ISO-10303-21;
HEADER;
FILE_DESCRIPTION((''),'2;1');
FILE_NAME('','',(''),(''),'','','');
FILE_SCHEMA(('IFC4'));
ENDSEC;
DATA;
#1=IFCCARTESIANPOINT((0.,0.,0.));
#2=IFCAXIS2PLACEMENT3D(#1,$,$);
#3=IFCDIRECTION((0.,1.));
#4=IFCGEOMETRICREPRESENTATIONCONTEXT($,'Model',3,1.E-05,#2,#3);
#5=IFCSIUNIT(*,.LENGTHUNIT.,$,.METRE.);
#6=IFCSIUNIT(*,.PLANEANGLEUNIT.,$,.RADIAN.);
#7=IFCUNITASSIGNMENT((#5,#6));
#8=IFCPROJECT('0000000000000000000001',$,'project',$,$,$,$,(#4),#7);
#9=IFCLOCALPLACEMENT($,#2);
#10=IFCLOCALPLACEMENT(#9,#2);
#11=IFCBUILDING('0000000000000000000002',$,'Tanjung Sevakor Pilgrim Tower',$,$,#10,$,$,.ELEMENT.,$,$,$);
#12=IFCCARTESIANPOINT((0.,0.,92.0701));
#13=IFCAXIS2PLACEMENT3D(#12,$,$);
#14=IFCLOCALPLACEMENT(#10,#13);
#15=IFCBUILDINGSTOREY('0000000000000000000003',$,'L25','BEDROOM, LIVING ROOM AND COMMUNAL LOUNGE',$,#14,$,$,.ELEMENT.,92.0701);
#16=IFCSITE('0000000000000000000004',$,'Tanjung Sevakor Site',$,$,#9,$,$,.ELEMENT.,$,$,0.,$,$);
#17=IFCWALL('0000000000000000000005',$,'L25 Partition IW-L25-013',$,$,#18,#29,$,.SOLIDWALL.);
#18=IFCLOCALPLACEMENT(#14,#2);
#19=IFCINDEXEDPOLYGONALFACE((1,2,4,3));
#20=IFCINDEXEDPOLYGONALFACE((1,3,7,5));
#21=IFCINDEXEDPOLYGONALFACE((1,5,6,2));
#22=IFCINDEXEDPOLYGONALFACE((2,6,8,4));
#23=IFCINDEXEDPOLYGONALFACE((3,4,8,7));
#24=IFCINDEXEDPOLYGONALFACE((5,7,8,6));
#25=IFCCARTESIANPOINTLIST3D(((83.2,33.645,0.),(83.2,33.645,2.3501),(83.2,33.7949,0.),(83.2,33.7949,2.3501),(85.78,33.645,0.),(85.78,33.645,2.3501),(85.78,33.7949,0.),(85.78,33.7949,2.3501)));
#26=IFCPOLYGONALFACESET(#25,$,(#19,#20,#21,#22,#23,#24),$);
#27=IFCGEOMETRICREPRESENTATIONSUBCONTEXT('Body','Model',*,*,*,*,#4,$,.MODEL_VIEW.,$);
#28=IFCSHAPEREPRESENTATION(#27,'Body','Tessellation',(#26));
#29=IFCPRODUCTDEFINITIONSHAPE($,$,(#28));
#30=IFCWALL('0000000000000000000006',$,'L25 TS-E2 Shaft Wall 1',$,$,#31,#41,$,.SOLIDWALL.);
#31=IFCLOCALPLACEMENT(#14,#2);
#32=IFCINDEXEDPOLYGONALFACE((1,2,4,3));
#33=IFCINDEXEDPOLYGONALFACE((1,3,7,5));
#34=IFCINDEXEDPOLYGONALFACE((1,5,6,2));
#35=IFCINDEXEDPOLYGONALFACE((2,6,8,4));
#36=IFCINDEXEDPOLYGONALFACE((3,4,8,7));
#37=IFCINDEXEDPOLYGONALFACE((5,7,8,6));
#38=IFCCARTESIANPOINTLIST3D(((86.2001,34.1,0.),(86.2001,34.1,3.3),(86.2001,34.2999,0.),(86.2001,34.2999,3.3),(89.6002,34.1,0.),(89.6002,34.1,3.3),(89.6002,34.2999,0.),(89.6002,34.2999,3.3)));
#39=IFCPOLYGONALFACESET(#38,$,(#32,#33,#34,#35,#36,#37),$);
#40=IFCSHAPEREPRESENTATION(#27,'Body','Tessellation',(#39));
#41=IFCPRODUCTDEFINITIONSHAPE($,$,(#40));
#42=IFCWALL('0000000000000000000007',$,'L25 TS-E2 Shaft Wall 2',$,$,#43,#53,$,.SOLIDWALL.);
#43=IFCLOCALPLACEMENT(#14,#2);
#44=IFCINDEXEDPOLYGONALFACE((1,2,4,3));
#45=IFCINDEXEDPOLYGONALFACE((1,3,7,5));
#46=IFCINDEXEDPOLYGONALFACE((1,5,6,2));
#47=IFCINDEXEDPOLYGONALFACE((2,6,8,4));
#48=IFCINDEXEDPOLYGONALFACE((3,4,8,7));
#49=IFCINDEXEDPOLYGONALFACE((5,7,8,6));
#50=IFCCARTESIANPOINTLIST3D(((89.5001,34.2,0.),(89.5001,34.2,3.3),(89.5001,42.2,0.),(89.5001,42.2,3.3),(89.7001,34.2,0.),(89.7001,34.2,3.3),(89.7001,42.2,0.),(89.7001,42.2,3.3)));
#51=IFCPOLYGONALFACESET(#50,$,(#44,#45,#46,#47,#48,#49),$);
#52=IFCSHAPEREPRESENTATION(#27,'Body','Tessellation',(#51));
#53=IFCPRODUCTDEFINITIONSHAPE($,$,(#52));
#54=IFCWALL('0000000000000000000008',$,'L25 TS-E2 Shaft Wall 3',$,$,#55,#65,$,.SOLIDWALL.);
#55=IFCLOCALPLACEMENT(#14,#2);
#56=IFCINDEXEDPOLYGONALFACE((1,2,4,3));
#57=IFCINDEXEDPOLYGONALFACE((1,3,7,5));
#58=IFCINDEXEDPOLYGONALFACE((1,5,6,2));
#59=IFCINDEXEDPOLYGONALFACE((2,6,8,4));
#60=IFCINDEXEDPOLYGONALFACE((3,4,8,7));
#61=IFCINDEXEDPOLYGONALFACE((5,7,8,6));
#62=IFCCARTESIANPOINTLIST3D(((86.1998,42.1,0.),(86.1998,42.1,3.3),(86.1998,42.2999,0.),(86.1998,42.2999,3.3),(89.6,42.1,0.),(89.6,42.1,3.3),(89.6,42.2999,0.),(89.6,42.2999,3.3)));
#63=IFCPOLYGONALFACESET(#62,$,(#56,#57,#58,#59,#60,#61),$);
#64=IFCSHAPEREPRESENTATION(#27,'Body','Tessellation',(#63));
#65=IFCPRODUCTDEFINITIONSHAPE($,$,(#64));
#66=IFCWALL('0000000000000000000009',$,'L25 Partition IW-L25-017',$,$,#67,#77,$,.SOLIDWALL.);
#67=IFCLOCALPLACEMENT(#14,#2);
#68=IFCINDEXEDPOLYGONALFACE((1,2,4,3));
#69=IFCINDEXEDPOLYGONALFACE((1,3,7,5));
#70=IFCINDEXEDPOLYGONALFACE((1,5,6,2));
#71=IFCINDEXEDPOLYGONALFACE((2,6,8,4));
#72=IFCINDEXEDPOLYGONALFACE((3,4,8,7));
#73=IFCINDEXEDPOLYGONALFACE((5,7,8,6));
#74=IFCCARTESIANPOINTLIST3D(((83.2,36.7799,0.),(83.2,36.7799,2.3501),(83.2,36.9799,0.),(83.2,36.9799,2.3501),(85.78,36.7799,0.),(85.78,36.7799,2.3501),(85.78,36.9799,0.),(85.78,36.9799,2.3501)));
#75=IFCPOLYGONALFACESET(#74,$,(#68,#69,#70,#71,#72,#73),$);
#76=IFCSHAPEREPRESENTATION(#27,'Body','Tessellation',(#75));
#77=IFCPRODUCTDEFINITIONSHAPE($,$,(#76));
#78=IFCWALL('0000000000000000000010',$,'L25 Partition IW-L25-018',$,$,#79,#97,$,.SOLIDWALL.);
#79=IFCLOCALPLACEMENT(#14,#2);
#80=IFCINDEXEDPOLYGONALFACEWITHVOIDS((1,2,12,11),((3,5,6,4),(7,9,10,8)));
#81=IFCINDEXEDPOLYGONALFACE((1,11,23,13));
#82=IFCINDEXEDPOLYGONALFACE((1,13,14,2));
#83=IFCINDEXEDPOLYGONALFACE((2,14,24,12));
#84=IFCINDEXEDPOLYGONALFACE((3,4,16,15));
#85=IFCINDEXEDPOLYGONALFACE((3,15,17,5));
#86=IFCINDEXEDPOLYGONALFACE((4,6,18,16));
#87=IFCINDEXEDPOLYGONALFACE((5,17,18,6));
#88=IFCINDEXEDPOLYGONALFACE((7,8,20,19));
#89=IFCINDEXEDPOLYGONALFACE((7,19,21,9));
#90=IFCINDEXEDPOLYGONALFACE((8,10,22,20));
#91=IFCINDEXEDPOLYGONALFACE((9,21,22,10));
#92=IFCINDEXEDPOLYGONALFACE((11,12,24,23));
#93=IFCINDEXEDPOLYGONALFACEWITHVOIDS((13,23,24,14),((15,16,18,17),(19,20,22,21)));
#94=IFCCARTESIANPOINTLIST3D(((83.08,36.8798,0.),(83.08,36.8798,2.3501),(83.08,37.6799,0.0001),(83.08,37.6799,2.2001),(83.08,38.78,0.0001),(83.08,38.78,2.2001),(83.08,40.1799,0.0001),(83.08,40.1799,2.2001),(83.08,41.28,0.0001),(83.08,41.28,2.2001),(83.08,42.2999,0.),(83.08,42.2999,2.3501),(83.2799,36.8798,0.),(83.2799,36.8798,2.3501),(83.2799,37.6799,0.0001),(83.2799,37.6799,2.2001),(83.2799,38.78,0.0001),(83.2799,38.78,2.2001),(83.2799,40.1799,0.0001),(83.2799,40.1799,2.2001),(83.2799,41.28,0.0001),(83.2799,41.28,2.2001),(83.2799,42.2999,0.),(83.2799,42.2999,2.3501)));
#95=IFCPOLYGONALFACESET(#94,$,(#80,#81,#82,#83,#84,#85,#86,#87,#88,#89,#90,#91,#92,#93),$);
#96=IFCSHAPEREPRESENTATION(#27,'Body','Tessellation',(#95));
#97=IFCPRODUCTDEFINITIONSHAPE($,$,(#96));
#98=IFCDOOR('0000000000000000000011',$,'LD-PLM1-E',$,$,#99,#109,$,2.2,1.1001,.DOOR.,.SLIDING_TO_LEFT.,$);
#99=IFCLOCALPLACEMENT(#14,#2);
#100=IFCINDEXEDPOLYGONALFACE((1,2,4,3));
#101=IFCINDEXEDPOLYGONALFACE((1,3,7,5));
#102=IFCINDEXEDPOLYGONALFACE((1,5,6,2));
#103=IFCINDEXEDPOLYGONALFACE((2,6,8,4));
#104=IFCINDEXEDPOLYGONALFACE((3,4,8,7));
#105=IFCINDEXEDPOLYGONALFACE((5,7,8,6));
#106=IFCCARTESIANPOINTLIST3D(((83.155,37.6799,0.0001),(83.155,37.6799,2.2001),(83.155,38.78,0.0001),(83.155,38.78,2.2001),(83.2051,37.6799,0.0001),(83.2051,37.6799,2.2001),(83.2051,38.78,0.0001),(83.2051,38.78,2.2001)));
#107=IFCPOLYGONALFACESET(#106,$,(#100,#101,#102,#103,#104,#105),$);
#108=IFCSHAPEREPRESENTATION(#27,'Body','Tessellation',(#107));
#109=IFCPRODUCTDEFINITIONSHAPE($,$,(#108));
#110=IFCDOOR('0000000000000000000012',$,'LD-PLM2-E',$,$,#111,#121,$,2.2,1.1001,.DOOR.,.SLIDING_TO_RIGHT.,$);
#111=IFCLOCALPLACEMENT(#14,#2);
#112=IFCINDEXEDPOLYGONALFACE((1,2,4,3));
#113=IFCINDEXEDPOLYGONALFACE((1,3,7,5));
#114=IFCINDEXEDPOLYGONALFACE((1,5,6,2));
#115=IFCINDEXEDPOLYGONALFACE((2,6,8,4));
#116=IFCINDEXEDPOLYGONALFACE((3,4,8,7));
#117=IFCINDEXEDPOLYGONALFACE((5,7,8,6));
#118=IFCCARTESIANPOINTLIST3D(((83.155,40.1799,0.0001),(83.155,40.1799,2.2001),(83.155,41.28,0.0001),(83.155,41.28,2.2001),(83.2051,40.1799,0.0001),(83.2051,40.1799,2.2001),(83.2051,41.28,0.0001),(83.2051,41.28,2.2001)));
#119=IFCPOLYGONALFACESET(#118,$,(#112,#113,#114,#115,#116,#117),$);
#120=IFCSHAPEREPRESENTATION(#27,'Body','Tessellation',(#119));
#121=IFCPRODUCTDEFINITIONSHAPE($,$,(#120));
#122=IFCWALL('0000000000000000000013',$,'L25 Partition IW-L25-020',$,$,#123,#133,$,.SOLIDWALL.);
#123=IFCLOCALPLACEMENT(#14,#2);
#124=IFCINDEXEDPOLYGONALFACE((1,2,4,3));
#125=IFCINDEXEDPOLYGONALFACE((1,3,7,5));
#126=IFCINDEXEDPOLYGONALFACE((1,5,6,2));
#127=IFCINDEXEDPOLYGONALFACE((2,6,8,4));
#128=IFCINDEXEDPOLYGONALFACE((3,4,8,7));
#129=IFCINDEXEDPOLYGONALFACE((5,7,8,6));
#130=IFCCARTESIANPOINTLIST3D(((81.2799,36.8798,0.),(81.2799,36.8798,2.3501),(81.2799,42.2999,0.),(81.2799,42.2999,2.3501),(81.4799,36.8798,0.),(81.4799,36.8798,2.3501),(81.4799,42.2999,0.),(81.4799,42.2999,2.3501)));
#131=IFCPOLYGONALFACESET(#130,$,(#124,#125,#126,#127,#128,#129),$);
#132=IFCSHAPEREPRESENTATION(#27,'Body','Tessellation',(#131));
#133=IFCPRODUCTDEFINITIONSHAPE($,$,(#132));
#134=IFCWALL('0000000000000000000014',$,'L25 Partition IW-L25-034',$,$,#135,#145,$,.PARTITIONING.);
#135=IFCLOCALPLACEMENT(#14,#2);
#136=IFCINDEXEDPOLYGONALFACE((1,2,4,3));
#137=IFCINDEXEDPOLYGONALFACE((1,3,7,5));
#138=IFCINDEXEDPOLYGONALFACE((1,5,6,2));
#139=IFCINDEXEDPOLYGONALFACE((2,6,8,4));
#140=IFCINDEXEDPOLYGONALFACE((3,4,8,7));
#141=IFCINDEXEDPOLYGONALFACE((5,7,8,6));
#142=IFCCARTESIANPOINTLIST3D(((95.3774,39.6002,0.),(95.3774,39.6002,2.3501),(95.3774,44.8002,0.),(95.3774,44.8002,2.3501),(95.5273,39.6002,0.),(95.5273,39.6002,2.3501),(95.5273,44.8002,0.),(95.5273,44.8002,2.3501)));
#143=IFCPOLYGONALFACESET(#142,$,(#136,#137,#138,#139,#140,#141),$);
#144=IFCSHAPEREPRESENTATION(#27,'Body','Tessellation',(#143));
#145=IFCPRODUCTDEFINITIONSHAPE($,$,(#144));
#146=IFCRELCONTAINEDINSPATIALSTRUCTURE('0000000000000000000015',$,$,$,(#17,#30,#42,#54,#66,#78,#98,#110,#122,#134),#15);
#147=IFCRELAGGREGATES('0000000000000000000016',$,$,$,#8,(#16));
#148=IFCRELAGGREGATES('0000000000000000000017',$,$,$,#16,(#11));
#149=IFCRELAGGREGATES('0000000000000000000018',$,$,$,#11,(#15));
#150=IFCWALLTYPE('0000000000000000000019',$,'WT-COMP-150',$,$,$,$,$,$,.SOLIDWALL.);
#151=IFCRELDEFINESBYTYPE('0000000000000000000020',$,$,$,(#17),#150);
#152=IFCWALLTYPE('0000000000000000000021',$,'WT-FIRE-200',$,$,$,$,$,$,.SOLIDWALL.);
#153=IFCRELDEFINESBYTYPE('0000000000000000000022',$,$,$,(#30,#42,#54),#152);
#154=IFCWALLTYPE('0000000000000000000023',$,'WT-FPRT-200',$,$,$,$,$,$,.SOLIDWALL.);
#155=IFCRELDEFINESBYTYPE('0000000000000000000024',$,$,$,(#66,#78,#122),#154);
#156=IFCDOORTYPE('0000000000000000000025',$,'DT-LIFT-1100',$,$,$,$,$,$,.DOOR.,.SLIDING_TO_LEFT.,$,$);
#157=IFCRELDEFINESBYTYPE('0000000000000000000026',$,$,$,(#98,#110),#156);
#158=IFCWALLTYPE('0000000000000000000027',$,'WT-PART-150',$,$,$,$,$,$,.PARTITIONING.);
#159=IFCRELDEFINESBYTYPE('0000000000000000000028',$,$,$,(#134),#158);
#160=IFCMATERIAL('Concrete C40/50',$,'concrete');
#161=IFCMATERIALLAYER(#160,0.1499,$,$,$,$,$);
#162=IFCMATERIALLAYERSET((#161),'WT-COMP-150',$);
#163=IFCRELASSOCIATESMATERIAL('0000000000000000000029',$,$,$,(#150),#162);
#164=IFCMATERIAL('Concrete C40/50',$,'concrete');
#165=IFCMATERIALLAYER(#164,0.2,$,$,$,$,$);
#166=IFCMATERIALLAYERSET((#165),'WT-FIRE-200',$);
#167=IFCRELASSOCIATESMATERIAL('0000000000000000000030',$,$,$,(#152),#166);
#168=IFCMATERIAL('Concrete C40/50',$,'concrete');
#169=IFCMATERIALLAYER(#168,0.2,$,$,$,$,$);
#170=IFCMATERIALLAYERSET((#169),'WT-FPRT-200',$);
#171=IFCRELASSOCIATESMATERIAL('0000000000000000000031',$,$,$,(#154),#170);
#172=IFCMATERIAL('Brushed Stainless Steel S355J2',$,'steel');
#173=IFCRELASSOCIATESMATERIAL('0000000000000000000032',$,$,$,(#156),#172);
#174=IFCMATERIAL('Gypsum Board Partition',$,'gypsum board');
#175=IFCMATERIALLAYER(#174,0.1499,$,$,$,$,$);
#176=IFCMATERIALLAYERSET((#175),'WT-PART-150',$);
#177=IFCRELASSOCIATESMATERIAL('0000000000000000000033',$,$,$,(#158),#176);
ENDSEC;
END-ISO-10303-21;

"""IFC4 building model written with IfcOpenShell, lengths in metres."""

from ifc_helpers import new_model, si_unit, direction, frame, frame_2d, origin, place, context, subcontext, project, spatial, rectangle, extrude, material, layer, layer_set, type_object, element, fill, save


model = new_model("IFC4")

# Units and contexts
model_context = context("Model", 3, precision=1e-05, world=origin(), true_north=direction((0.0, 1.0)))
body_context = subcontext(model_context, "Body", "Model", "MODEL_VIEW")
ifc_project = project(units=[si_unit("LENGTHUNIT", "METRE"), si_unit("PLANEANGLEUNIT", "RADIAN")], contexts=[model_context])

# Site, building, storey
site_placement = place(None, origin())
site = spatial("IfcSite", under=ifc_project, at=site_placement, Name="Tanjung Sevakor Site", CompositionType="ELEMENT", RefElevation=0.0)
building_placement = place(site_placement, origin())
building = spatial("IfcBuilding", under=site, at=building_placement, Name="Tanjung Sevakor Pilgrim Tower", CompositionType="ELEMENT")
storey_placement = place(building_placement, frame((0.0, 0.0, 92.0701)))
storey = spatial("IfcBuildingStorey", under=building, at=storey_placement, Name="L25", Description="BEDROOM, LIVING ROOM AND COMMUNAL LOUNGE", CompositionType="ELEMENT", Elevation=92.0701)

# Walls
ifc_material_1 = material(Name="Concrete C40/50", Category="concrete")
ifc_layer_1 = layer(ifc_material_1, 0.1499)
ifc_layer_set_1 = layer_set([ifc_layer_1], Name="WT-COMP-150")
wall_type_1 = type_object("IfcWallType", Name="WT-COMP-150", PredefinedType="SOLIDWALL", material=ifc_layer_set_1)
wall_1_placement = place(storey_placement, frame((83.2, 33.72, 0.0), z_axis=(0.0, 0.0, 1.0), x_axis=(1.0, 0.0, 0.0)))
element("IfcWall", 1, at=wall_1_placement, inside=storey, type_object=wall_type_1, Name="L25 Partition IW-L25-013", PredefinedType="SOLIDWALL", context=body_context, shape_type="SweptSolid", body=[
    extrude(rectangle(XDim=2.5801, YDim=0.1499, at=frame_2d((1.29, 0.0))), origin(), (0.0, 0.0, 1.0), 2.3501),
])
ifc_material_2 = material(Name="Concrete C40/50", Category="concrete")
ifc_layer_2 = layer(ifc_material_2, 0.2)
ifc_layer_set_2 = layer_set([ifc_layer_2], Name="WT-FIRE-200")
wall_type_2 = type_object("IfcWallType", Name="WT-FIRE-200", PredefinedType="SOLIDWALL", material=ifc_layer_set_2)
wall_2_placement = place(storey_placement, frame((86.2, 34.2, 0.0), z_axis=(0.0, 0.0, 1.0), x_axis=(1.0, 0.0, 0.0)))
element("IfcWall", 2, at=wall_2_placement, inside=storey, type_object=wall_type_2, Name="L25 TS-E2 Shaft Wall 1", PredefinedType="SOLIDWALL", context=body_context, shape_type="SweptSolid", body=[
    extrude(rectangle(XDim=3.4001, YDim=0.2, at=frame_2d((1.7002, 0.0))), origin(), (0.0, 0.0, 1.0), 3.3),
])
wall_3_placement = place(storey_placement, frame((89.6001, 34.2, 0.0), z_axis=(0.0, 0.0, 1.0), x_axis=(0.0, 1.0, 0.0)))
element("IfcWall", 3, at=wall_3_placement, inside=storey, type_object=wall_type_2, Name="L25 TS-E2 Shaft Wall 2", PredefinedType="SOLIDWALL", context=body_context, shape_type="SweptSolid", body=[
    extrude(rectangle(XDim=8.0, YDim=0.2, at=frame_2d((4.0, 0.0))), origin(), (0.0, 0.0, 1.0), 3.3),
])
wall_4_placement = place(storey_placement, frame((89.6001, 42.2, 0.0), z_axis=(0.0, 0.0, 1.0), x_axis=(-1.0, 0.0, 0.0)))
element("IfcWall", 4, at=wall_4_placement, inside=storey, type_object=wall_type_2, Name="L25 TS-E2 Shaft Wall 3", PredefinedType="SOLIDWALL", context=body_context, shape_type="SweptSolid", body=[
    extrude(rectangle(XDim=3.4001, YDim=0.2, at=frame_2d((1.7002, 0.0))), origin(), (0.0, 0.0, 1.0), 3.3),
])
ifc_material_3 = material(Name="Concrete C40/50", Category="concrete")
ifc_layer_3 = layer(ifc_material_3, 0.2)
ifc_layer_set_3 = layer_set([ifc_layer_3], Name="WT-FPRT-200")
wall_type_3 = type_object("IfcWallType", Name="WT-FPRT-200", PredefinedType="SOLIDWALL", material=ifc_layer_set_3)
wall_5_placement = place(storey_placement, frame((83.2, 36.8799, 0.0), z_axis=(0.0, 0.0, 1.0), x_axis=(1.0, 0.0, 0.0)))
element("IfcWall", 5, at=wall_5_placement, inside=storey, type_object=wall_type_3, Name="L25 Partition IW-L25-017", PredefinedType="SOLIDWALL", context=body_context, shape_type="SweptSolid", body=[
    extrude(rectangle(XDim=2.5801, YDim=0.2, at=frame_2d((1.29, 0.0))), origin(), (0.0, 0.0, 1.0), 2.3501),
])

# Wall, openings, doors
wall_6_placement = place(storey_placement, frame((83.1799, 36.8799, 0.0), z_axis=(0.0, 0.0, 1.0), x_axis=(0.0, 1.0, 0.0)))
wall_6 = element("IfcWall", 6, at=wall_6_placement, inside=storey, type_object=wall_type_3, Name="L25 Partition IW-L25-018", PredefinedType="SOLIDWALL", context=body_context, shape_type="SweptSolid", body=[
    extrude(rectangle(XDim=5.4202, YDim=0.2, at=frame_2d((2.71, 0.0))), origin(), (0.0, 0.0, 1.0), 2.3501),
])
opening_1_placement = place(wall_6_placement, frame((0.8, 0.0, 0.0)))
opening_1 = element("IfcOpeningElement", 7, at=opening_1_placement, cuts=wall_6, PredefinedType="OPENING", context=body_context, shape_type="SweptSolid", body=[
    extrude(rectangle(XDim=1.1001, YDim=2.2, at=frame_2d((0.55, 1.1001))), frame((0.0, 0.1099, 0.0), z_axis=(0.0, -1.0, 0.0), x_axis=(1.0, 0.0, 0.0)), (0.0, 0.0, 1.0), 0.22),
])
opening_2_placement = place(wall_6_placement, frame((3.3, 0.0, 0.0)))
opening_2 = element("IfcOpeningElement", 8, at=opening_2_placement, cuts=wall_6, PredefinedType="OPENING", context=body_context, shape_type="SweptSolid", body=[
    extrude(rectangle(XDim=1.1001, YDim=2.2, at=frame_2d((0.55, 1.1001))), frame((0.0, 0.1099, 0.0), z_axis=(0.0, -1.0, 0.0), x_axis=(1.0, 0.0, 0.0)), (0.0, 0.0, 1.0), 0.22),
])
ifc_material_4 = material(Name="Brushed Stainless Steel S355J2", Category="steel")
door_type_1 = type_object("IfcDoorType", Name="DT-LIFT-1100", OperationType="SLIDING_TO_LEFT", PredefinedType="DOOR", material=ifc_material_4)
door_1_placement = place(opening_1_placement, origin())
door_1 = element("IfcDoor", 9, at=door_1_placement, inside=storey, type_object=door_type_1, Name="LD-PLM1-E", OperationType="SLIDING_TO_LEFT", OverallHeight=2.2, OverallWidth=1.1001, PredefinedType="DOOR", context=body_context, shape_type="SweptSolid", body=[
    extrude(rectangle(XDim=1.1001, YDim=2.2, at=frame_2d((0.55, 1.1001))), frame((0.0, 0.0249, 0.0), z_axis=(0.0, -1.0, 0.0), x_axis=(1.0, 0.0, 0.0)), (0.0, 0.0, 1.0), 0.05),
])
fill(opening_1, door_1)
door_2_placement = place(opening_2_placement, origin())
door_2 = element("IfcDoor", 10, at=door_2_placement, inside=storey, type_object=door_type_1, Name="LD-PLM2-E", OperationType="SLIDING_TO_RIGHT", OverallHeight=2.2, OverallWidth=1.1001, PredefinedType="DOOR", context=body_context, shape_type="SweptSolid", body=[
    extrude(rectangle(XDim=1.1001, YDim=2.2, at=frame_2d((0.55, 1.1001))), frame((0.0, 0.0249, 0.0), z_axis=(0.0, -1.0, 0.0), x_axis=(1.0, 0.0, 0.0)), (0.0, 0.0, 1.0), 0.05),
])
fill(opening_2, door_2)

# Walls
wall_7_placement = place(storey_placement, frame((81.3799, 36.8799, 0.0), z_axis=(0.0, 0.0, 1.0), x_axis=(0.0, 1.0, 0.0)))
element("IfcWall", 11, at=wall_7_placement, inside=storey, type_object=wall_type_3, Name="L25 Partition IW-L25-020", PredefinedType="SOLIDWALL", context=body_context, shape_type="SweptSolid", body=[
    extrude(rectangle(XDim=5.4202, YDim=0.2, at=frame_2d((2.71, 0.0))), origin(), (0.0, 0.0, 1.0), 2.3501),
])
ifc_material_5 = material(Name="Gypsum Board Partition", Category="gypsum board")
ifc_layer_4 = layer(ifc_material_5, 0.1499)
ifc_layer_set_4 = layer_set([ifc_layer_4], Name="WT-PART-150")
wall_type_4 = type_object("IfcWallType", Name="WT-PART-150", PredefinedType="PARTITIONING", material=ifc_layer_set_4)
wall_8_placement = place(storey_placement, frame((95.4524, 39.6001, 0.0), z_axis=(0.0, 0.0, 1.0), x_axis=(0.0, 1.0, 0.0)))
element("IfcWall", 12, at=wall_8_placement, inside=storey, type_object=wall_type_4, Name="L25 Partition IW-L25-034", PredefinedType="PARTITIONING", context=body_context, shape_type="SweptSolid", body=[
    extrude(rectangle(XDim=5.2, YDim=0.1499, at=frame_2d((2.6001, 0.0))), origin(), (0.0, 0.0, 1.0), 2.3501),
])

save(model, "model.ifc")
